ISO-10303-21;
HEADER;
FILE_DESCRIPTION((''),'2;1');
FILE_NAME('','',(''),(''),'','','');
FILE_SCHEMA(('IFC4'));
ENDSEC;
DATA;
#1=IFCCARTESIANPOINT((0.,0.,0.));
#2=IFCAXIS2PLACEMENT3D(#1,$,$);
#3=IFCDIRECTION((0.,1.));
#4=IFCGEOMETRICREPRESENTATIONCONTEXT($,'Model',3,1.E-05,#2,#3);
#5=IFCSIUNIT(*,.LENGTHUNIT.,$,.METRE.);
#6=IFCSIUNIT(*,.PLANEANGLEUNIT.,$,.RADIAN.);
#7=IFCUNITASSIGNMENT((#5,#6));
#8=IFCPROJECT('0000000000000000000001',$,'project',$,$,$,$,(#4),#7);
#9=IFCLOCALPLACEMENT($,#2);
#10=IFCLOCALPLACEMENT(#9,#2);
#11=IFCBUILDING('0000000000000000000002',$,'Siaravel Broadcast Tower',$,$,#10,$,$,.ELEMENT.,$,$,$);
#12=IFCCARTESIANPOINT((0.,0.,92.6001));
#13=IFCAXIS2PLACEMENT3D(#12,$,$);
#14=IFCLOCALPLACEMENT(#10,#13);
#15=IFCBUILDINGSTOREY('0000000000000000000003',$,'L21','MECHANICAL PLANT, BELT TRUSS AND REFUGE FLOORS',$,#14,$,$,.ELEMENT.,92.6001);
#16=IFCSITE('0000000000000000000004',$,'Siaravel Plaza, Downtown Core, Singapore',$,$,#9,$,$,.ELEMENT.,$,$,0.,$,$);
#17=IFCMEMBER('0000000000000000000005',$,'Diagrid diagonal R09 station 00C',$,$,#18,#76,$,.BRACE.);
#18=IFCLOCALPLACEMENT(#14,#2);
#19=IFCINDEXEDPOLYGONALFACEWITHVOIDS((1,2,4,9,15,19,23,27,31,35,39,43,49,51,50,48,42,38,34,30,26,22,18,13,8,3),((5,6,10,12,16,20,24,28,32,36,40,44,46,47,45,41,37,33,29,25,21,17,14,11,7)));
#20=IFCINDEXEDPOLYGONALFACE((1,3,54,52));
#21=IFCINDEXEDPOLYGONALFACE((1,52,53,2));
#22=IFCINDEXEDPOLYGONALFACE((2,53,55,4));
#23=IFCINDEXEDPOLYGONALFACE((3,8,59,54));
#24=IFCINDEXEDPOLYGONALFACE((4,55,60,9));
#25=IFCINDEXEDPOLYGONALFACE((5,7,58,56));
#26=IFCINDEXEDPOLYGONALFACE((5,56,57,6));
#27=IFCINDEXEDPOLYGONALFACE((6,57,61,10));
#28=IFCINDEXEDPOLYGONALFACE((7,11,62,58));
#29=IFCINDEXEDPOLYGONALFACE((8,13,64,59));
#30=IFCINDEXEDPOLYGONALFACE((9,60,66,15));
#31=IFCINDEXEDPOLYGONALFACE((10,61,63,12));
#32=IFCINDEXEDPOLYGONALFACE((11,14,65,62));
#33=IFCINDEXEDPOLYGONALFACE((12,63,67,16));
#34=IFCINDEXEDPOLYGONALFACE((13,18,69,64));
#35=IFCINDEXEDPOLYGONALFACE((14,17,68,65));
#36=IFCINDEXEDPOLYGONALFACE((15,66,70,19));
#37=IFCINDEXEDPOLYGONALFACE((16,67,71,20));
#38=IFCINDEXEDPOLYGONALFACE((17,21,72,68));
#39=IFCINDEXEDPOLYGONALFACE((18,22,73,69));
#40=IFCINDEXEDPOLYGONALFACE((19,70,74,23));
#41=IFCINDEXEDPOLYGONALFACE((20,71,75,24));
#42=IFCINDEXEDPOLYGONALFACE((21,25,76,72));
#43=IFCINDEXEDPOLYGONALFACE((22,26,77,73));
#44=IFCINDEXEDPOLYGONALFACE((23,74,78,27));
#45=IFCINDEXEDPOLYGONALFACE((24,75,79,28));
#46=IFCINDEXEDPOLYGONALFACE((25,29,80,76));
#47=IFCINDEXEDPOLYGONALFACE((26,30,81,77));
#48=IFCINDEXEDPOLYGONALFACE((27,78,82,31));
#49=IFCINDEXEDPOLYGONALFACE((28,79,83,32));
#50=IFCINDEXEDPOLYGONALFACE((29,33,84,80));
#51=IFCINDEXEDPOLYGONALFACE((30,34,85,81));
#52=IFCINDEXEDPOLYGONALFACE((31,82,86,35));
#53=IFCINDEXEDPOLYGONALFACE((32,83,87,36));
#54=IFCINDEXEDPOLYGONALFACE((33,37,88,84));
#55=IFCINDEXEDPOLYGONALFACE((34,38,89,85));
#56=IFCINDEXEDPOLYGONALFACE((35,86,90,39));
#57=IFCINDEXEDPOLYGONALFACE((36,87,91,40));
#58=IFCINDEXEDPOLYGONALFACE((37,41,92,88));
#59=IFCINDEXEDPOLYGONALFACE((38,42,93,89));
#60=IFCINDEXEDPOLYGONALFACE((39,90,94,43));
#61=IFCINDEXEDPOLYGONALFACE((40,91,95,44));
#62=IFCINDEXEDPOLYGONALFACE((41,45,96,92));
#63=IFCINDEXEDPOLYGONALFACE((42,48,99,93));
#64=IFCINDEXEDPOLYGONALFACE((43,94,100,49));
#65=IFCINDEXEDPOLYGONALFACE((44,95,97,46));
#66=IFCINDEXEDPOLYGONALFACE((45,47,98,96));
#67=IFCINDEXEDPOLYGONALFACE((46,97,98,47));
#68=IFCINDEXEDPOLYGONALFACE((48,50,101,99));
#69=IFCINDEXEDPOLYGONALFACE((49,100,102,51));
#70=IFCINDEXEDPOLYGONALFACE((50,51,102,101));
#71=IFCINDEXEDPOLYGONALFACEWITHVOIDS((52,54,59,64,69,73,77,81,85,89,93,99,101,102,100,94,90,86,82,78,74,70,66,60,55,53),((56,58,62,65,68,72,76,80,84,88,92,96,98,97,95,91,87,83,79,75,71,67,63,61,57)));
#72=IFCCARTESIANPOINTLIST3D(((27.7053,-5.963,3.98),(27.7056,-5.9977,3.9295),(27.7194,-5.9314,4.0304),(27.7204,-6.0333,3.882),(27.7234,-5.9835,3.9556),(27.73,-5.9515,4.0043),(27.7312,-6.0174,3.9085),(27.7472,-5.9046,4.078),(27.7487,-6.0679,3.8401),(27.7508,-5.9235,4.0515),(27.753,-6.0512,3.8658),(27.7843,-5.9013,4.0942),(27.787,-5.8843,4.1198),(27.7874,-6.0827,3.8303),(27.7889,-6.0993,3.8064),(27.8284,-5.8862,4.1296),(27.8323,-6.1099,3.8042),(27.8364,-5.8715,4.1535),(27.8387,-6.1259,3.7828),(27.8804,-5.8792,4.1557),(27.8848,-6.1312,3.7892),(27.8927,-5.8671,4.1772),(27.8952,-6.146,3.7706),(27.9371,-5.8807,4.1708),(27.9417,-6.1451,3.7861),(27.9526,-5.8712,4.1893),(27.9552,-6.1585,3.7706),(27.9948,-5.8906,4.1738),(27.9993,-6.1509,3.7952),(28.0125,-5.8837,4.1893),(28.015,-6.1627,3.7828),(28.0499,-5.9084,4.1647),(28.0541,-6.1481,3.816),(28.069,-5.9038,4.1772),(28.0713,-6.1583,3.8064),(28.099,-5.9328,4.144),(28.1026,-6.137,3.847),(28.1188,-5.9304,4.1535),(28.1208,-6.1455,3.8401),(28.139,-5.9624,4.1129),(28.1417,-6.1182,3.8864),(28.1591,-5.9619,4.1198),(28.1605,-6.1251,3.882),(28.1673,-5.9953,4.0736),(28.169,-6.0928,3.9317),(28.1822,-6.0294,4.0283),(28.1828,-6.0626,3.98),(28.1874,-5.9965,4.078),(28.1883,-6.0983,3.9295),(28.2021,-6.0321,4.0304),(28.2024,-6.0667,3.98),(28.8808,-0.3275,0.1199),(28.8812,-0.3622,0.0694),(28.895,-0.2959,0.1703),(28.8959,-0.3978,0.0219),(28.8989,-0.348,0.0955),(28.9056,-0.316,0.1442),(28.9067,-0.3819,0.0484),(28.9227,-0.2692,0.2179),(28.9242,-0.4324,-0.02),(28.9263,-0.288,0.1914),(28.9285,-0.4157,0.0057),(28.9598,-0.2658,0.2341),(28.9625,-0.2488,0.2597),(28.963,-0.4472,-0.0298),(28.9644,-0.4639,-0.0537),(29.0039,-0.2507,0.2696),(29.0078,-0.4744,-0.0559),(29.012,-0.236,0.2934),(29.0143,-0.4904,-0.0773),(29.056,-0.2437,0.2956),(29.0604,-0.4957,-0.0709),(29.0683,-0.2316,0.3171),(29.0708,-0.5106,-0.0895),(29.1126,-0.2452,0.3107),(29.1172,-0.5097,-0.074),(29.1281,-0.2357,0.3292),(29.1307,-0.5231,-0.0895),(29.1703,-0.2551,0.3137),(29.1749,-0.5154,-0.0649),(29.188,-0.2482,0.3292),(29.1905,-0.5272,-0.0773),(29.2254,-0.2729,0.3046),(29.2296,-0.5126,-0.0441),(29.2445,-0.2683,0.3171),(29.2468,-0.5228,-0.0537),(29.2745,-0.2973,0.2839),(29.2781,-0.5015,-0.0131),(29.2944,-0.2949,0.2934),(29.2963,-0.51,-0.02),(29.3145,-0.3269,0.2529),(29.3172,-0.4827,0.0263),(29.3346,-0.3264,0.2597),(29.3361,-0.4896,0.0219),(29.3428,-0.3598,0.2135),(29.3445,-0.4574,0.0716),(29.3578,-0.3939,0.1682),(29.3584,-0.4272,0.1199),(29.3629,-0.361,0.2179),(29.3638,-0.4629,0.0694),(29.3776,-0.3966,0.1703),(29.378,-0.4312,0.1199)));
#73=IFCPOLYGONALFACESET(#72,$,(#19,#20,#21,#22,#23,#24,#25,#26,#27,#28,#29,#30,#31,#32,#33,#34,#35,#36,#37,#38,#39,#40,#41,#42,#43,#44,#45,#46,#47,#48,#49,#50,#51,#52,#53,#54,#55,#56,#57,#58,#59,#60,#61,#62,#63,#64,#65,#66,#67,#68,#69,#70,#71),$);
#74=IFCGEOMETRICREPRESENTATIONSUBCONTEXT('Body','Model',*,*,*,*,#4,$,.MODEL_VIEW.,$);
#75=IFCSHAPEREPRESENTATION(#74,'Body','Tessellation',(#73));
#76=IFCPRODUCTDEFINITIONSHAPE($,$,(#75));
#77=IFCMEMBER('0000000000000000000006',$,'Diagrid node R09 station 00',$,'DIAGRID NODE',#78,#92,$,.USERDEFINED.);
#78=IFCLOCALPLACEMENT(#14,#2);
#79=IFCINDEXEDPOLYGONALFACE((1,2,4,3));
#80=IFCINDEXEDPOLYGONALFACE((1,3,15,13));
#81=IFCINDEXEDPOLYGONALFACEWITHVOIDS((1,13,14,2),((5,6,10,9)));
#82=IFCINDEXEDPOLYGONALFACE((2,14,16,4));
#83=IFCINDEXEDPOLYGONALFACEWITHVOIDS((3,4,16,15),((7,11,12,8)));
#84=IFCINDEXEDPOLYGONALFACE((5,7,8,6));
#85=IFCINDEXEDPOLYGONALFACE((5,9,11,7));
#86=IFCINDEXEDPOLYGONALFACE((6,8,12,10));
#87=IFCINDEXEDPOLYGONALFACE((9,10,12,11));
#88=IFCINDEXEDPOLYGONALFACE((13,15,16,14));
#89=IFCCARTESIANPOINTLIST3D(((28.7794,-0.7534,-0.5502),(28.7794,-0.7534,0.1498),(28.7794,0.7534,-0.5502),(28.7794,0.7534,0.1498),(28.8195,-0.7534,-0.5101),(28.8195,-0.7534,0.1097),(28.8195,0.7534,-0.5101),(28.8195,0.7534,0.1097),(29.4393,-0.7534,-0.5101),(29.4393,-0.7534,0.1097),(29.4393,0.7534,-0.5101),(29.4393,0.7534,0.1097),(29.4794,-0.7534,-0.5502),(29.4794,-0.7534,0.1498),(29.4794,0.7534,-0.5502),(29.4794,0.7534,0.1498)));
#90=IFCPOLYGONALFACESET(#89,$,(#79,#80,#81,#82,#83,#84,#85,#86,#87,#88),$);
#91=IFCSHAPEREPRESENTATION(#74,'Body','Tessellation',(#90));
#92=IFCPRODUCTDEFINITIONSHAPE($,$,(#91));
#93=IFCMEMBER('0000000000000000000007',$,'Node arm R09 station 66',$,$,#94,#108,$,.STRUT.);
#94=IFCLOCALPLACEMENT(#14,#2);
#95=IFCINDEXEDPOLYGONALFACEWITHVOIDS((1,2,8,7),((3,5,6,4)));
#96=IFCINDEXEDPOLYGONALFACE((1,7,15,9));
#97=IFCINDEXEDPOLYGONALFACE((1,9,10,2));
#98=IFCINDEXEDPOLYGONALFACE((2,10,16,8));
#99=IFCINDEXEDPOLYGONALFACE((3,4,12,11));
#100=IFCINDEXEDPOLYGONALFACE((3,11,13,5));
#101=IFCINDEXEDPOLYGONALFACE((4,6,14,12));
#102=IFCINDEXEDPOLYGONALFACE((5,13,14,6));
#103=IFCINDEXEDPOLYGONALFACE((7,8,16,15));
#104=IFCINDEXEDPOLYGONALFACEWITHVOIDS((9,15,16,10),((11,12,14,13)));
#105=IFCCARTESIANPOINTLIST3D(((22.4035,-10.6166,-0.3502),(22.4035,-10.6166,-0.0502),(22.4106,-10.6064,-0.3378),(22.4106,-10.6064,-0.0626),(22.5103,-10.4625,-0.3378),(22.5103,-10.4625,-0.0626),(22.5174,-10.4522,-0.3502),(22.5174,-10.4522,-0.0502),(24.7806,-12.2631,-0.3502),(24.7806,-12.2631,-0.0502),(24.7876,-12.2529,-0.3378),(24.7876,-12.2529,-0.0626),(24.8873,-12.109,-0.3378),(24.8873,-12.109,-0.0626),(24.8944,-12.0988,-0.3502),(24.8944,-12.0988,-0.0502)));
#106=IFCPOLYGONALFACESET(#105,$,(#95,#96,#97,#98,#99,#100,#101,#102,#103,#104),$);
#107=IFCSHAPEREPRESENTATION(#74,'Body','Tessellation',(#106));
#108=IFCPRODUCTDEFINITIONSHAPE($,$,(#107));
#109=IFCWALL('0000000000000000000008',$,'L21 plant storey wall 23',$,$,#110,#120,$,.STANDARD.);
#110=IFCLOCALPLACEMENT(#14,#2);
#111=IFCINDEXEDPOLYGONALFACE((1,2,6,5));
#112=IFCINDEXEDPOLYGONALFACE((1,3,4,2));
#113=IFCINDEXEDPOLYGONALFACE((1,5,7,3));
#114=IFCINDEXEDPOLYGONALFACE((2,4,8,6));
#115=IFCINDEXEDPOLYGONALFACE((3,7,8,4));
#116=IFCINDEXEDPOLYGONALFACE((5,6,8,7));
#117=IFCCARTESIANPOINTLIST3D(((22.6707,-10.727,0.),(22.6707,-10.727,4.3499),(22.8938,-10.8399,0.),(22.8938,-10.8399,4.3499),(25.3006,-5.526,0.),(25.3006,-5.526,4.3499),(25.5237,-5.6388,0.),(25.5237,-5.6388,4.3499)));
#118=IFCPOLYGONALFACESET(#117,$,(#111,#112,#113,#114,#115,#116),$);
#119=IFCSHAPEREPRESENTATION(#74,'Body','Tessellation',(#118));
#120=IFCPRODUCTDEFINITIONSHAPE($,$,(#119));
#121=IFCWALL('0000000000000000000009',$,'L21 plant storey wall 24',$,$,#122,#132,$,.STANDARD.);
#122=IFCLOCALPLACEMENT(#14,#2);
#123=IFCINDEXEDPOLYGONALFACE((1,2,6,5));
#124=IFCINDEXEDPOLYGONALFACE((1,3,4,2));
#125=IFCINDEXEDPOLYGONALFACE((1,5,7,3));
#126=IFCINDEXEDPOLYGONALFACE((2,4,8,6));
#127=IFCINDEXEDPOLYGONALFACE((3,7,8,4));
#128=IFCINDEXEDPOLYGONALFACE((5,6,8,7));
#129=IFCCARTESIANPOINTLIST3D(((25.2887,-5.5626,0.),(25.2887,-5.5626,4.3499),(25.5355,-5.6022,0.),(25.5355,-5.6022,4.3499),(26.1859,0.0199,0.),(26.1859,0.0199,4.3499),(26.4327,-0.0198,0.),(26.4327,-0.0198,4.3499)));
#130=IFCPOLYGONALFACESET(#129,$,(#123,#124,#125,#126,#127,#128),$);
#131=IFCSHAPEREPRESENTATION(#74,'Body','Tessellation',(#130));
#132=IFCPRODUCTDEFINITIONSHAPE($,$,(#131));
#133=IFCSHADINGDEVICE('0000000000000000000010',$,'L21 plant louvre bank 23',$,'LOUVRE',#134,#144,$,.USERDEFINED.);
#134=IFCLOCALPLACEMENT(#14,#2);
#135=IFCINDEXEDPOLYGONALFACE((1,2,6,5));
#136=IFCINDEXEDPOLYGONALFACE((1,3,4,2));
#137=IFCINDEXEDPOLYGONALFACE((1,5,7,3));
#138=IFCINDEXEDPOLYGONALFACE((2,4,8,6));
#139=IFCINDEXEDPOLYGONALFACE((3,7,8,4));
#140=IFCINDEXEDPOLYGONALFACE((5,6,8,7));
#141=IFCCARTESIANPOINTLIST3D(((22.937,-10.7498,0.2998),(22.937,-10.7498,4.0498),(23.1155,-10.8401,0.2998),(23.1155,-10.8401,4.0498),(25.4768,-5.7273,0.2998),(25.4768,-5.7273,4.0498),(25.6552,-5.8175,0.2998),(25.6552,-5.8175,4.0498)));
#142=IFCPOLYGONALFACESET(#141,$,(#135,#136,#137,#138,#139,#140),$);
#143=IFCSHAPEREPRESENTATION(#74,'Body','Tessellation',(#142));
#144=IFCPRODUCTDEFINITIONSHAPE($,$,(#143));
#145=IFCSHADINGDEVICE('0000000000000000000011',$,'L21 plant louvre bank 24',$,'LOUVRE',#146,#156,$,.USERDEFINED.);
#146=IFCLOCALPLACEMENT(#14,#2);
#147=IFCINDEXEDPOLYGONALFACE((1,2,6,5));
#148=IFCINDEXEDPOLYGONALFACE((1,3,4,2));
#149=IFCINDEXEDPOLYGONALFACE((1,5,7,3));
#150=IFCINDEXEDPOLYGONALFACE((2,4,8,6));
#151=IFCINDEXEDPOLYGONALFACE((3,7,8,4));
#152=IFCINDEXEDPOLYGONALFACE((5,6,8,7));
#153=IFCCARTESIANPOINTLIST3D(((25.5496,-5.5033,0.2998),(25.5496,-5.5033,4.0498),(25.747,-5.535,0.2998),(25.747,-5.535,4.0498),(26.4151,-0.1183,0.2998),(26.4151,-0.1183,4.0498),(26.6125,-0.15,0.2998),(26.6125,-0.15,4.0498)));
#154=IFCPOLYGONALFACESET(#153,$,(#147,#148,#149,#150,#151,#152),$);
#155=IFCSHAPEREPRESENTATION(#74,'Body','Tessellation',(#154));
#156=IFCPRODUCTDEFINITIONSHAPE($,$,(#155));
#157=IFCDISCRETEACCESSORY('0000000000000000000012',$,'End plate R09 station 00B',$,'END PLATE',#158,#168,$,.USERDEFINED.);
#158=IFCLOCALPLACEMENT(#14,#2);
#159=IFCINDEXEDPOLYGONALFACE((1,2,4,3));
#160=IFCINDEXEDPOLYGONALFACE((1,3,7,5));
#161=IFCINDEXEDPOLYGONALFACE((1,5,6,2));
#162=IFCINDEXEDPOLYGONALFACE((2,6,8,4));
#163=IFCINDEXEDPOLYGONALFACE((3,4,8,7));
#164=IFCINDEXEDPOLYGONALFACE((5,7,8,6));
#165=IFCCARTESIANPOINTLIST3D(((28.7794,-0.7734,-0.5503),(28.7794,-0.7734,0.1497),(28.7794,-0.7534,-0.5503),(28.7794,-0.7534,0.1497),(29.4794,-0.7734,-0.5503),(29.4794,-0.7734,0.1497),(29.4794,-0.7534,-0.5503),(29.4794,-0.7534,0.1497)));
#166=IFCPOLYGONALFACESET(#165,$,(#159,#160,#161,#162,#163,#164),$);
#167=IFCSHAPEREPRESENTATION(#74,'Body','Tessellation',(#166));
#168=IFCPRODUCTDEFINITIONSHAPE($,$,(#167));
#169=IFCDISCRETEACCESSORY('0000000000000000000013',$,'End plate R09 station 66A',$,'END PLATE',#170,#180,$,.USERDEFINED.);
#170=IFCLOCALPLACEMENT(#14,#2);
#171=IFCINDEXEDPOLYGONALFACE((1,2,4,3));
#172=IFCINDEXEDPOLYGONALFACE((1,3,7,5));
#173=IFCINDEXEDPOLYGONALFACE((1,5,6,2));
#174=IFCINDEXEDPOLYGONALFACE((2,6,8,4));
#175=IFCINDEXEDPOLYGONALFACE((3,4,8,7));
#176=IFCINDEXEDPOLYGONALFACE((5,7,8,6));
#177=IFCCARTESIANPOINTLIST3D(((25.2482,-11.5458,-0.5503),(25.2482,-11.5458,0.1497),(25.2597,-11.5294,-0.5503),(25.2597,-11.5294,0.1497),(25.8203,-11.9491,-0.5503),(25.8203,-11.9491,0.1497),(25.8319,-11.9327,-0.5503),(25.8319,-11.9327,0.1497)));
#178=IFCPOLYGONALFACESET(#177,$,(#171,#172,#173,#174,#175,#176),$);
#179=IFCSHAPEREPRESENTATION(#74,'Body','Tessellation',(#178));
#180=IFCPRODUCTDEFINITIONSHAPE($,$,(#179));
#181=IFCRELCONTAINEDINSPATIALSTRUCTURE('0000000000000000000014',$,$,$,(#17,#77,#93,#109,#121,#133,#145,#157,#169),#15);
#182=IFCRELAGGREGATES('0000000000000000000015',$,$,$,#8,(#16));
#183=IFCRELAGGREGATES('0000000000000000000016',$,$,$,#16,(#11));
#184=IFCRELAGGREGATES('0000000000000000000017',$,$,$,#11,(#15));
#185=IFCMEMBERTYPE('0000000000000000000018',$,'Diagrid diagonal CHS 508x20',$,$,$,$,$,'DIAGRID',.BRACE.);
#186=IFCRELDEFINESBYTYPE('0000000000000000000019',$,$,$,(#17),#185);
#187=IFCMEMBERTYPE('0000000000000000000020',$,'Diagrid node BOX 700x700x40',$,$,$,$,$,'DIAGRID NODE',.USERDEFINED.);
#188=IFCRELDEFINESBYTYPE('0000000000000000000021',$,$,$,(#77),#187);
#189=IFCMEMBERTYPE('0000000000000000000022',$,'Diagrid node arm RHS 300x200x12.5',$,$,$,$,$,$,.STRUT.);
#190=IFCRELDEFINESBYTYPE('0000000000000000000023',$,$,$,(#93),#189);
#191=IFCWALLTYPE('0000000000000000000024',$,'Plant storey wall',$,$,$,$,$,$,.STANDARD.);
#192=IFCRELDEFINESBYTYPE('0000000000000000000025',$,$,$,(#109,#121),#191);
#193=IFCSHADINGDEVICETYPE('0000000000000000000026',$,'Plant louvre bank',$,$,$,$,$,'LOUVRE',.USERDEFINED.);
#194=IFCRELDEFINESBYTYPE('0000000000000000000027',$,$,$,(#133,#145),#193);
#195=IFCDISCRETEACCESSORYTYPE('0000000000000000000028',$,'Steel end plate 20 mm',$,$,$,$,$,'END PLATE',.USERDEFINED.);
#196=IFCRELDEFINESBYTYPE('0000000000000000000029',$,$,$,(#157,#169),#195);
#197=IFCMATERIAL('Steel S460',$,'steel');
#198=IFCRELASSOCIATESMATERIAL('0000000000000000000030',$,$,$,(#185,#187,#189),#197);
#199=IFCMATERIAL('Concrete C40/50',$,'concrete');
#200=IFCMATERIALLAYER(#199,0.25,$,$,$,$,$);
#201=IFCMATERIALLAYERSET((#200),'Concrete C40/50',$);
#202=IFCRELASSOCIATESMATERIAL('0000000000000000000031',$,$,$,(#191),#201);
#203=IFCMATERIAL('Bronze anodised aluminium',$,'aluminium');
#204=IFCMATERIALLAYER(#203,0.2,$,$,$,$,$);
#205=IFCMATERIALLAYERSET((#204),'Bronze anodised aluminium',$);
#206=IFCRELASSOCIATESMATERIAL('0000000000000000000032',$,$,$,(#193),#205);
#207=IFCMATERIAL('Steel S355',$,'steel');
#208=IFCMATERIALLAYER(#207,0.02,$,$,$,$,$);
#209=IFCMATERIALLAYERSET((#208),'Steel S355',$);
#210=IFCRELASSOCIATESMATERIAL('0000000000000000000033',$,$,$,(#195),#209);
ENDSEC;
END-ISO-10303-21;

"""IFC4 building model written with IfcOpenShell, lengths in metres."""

from ifc_helpers import new_model, si_unit, direction, frame, frame_2d, origin, origin_2d, place, context, subcontext, project, spatial, rectangle, hollow_rectangle, hollow_circle, extrude, material, layer, layer_set, material_profile, profile_set, type_object, element, save


model = new_model("IFC4")

# Units and contexts
model_context = context("Model", 3, precision=1e-05, world=origin(), true_north=direction((0.0, 1.0)))
body_context = subcontext(model_context, "Body", "Model", "MODEL_VIEW")
ifc_project = project(units=[si_unit("LENGTHUNIT", "METRE"), si_unit("PLANEANGLEUNIT", "RADIAN")], contexts=[model_context])

# Site, building, storey
site_placement = place(None, origin())
site = spatial("IfcSite", under=ifc_project, at=site_placement, Name="Siaravel Plaza, Downtown Core, Singapore", CompositionType="ELEMENT", RefElevation=0.0)
building_placement = place(site_placement, origin())
building = spatial("IfcBuilding", under=site, at=building_placement, Name="Siaravel Broadcast Tower", CompositionType="ELEMENT")
storey_placement = place(building_placement, frame((0.0, 0.0, 92.6001)))
storey = spatial("IfcBuildingStorey", under=building, at=storey_placement, Name="L21", Description="MECHANICAL PLANT, BELT TRUSS AND REFUGE FLOORS", CompositionType="ELEMENT", Elevation=92.6001)

# Shared definitions
ifc_material_1 = material(Name="Steel S355", Category="steel")
ifc_material_2 = material(Name="Steel S460", Category="steel")

# Members
ifc_material_profile_1 = material_profile(ifc_material_2, hollow_circle(Radius=0.2539, WallThickness=0.02, at=origin_2d()))
ifc_profile_set_1 = profile_set([ifc_material_profile_1], Name="Steel S460")
member_type_1 = type_object("IfcMemberType", Name="Diagrid diagonal CHS 508x20", ElementType="DIAGRID", PredefinedType="BRACE", material=ifc_profile_set_1)
member_1_placement = place(storey_placement, frame((29.1294, -0.3794, 0.1199), z_axis=(-0.169601, -0.813066, 0.55692), x_axis=(0.978929, -0.2042, 0.0)))
element("IfcMember", 1, at=member_1_placement, inside=storey, type_object=member_type_1, Name="Diagrid diagonal R09 station 00C", PredefinedType="BRACE", context=body_context, shape_type="SweptSolid", body=[
    extrude(hollow_circle(Radius=0.2539, WallThickness=0.02, at=origin_2d()), origin(), (0.0, 0.0, 1.0), 6.9312),
])
ifc_material_profile_2 = material_profile(ifc_material_2, hollow_rectangle(XDim=0.7, YDim=0.7, WallThickness=0.04, at=origin_2d()))
ifc_profile_set_2 = profile_set([ifc_material_profile_2], Name="Steel S460")
member_type_2 = type_object("IfcMemberType", Name="Diagrid node BOX 700x700x40", ElementType="DIAGRID NODE", PredefinedType="USERDEFINED", material=ifc_profile_set_2)
member_2_placement = place(storey_placement, frame((29.1294, -0.7534, -0.2002), z_axis=(0.0, 1.0, 0.0), x_axis=(-1.0, 0.0, 0.0)))
element("IfcMember", 2, at=member_2_placement, inside=storey, type_object=member_type_2, Name="Diagrid node R09 station 00", ObjectType="DIAGRID NODE", PredefinedType="USERDEFINED", context=body_context, shape_type="SweptSolid", body=[
    extrude(hollow_rectangle(XDim=0.7, YDim=0.7, WallThickness=0.04, at=origin_2d()), origin(), (0.0, 0.0, 1.0), 1.5068),
])
ifc_material_profile_3 = material_profile(ifc_material_2, hollow_rectangle(XDim=0.2, YDim=0.3, WallThickness=0.0125, at=origin_2d()))
ifc_profile_set_3 = profile_set([ifc_material_profile_3], Name="Steel S460")
member_type_3 = type_object("IfcMemberType", Name="Diagrid node arm RHS 300x200x12.5", PredefinedType="STRUT", material=ifc_profile_set_3)
member_3_placement = place(storey_placement, frame((22.4604, -10.5344, -0.2002), z_axis=(0.822046, -0.569421, 0.0), x_axis=(0.569421, 0.822046, 0.0)))
element("IfcMember", 3, at=member_3_placement, inside=storey, type_object=member_type_3, Name="Node arm R09 station 66", PredefinedType="STRUT", context=body_context, shape_type="SweptSolid", body=[
    extrude(hollow_rectangle(XDim=0.2, YDim=0.3, WallThickness=0.0125, at=origin_2d()), origin(), (0.0, 0.0, 1.0), 2.8916),
])

# Walls
ifc_material_3 = material(Name="Concrete C40/50", Category="concrete")
ifc_layer_1 = layer(ifc_material_3, 0.25)
ifc_layer_set_1 = layer_set([ifc_layer_1], Name="Concrete C40/50")
wall_type = type_object("IfcWallType", Name="Plant storey wall", PredefinedType="STANDARD", material=ifc_layer_set_1)
wall_1_placement = place(storey_placement, frame((22.7822, -10.7834, 0.0), z_axis=(0.0, 0.0, 1.0), x_axis=(0.451247, 0.892399, 0.0)))
element("IfcWall", 4, at=wall_1_placement, inside=storey, type_object=wall_type, Name="L21 plant storey wall 23", PredefinedType="STANDARD", context=body_context, shape_type="SweptSolid", body=[
    extrude(rectangle(XDim=5.8281, YDim=0.25, at=frame_2d((2.9141, 0.0))), origin(), (0.0, 0.0, 1.0), 4.3499),
])
wall_2_placement = place(storey_placement, frame((25.4121, -5.5825, 0.0), z_axis=(0.0, 0.0, 1.0), x_axis=(0.158683, 0.98733, 0.0)))
element("IfcWall", 5, at=wall_2_placement, inside=storey, type_object=wall_type, Name="L21 plant storey wall 24", PredefinedType="STANDARD", context=body_context, shape_type="SweptSolid", body=[
    extrude(rectangle(XDim=5.6541, YDim=0.25, at=frame_2d((2.8271, 0.0))), origin(), (0.0, 0.0, 1.0), 4.3499),
])

# Shading devices
ifc_material_4 = material(Name="Bronze anodised aluminium", Category="aluminium")
ifc_layer_2 = layer(ifc_material_4, 0.2)
ifc_layer_set_2 = layer_set([ifc_layer_2], Name="Bronze anodised aluminium")
shading_device_type = type_object("IfcShadingDeviceType", Name="Plant louvre bank", ElementType="LOUVRE", PredefinedType="USERDEFINED", material=ifc_layer_set_2)
shading_device_1_placement = place(storey_placement, frame((24.2961, -8.2837, 0.2998), z_axis=(0.0, 0.0, 1.0), x_axis=(0.451261, 0.892392, 0.0)))
element("IfcShadingDevice", 6, at=shading_device_1_placement, inside=storey, type_object=shading_device_type, Name="L21 plant louvre bank 23", ObjectType="LOUVRE", PredefinedType="USERDEFINED", context=body_context, shape_type="SweptSolid", body=[
    extrude(rectangle(XDim=5.6282, YDim=0.2, at=origin_2d()), origin(), (0.0, 0.0, 1.0), 3.75),
])
shading_device_2_placement = place(storey_placement, frame((26.0811, -2.8267, 0.2998), z_axis=(0.0, 0.0, 1.0), x_axis=(0.158685, 0.987329, 0.0)))
element("IfcShadingDevice", 7, at=shading_device_2_placement, inside=storey, type_object=shading_device_type, Name="L21 plant louvre bank 24", ObjectType="LOUVRE", PredefinedType="USERDEFINED", context=body_context, shape_type="SweptSolid", body=[
    extrude(rectangle(XDim=5.4541, YDim=0.2, at=origin_2d()), origin(), (0.0, 0.0, 1.0), 3.75),
])

# Discrete accessories
ifc_layer_3 = layer(ifc_material_1, 0.02)
ifc_layer_set_3 = layer_set([ifc_layer_3], Name="Steel S355")
discrete_accessory_type = type_object("IfcDiscreteAccessoryType", Name="Steel end plate 20 mm", ElementType="END PLATE", PredefinedType="USERDEFINED", material=ifc_layer_set_3)
for number, where, z_axis, x_axis, name in (
    (8, (29.1294, -0.7634, -0.5503), (0.0, 0.0, 1.0), (0.0, 1.0, 0.0), "End plate R09 station 00B"),
    (9, (25.54, -11.7393, -0.5503), (0.0, 0.0, 1.0), (0.576119, 0.817366, 0.0), "End plate R09 station 66A"),
):
    element("IfcDiscreteAccessory", number, at=place(storey_placement, frame(where, z_axis=z_axis, x_axis=x_axis)), inside=storey, type_object=discrete_accessory_type, Name=name, ObjectType="END PLATE", PredefinedType="USERDEFINED", context=body_context, shape_type="SweptSolid", body=[
        extrude(rectangle(XDim=0.02, YDim=0.7, at=origin_2d()), origin(), (0.0, 0.0, 1.0), 0.7),
    ])

save(model, "model.ifc")
